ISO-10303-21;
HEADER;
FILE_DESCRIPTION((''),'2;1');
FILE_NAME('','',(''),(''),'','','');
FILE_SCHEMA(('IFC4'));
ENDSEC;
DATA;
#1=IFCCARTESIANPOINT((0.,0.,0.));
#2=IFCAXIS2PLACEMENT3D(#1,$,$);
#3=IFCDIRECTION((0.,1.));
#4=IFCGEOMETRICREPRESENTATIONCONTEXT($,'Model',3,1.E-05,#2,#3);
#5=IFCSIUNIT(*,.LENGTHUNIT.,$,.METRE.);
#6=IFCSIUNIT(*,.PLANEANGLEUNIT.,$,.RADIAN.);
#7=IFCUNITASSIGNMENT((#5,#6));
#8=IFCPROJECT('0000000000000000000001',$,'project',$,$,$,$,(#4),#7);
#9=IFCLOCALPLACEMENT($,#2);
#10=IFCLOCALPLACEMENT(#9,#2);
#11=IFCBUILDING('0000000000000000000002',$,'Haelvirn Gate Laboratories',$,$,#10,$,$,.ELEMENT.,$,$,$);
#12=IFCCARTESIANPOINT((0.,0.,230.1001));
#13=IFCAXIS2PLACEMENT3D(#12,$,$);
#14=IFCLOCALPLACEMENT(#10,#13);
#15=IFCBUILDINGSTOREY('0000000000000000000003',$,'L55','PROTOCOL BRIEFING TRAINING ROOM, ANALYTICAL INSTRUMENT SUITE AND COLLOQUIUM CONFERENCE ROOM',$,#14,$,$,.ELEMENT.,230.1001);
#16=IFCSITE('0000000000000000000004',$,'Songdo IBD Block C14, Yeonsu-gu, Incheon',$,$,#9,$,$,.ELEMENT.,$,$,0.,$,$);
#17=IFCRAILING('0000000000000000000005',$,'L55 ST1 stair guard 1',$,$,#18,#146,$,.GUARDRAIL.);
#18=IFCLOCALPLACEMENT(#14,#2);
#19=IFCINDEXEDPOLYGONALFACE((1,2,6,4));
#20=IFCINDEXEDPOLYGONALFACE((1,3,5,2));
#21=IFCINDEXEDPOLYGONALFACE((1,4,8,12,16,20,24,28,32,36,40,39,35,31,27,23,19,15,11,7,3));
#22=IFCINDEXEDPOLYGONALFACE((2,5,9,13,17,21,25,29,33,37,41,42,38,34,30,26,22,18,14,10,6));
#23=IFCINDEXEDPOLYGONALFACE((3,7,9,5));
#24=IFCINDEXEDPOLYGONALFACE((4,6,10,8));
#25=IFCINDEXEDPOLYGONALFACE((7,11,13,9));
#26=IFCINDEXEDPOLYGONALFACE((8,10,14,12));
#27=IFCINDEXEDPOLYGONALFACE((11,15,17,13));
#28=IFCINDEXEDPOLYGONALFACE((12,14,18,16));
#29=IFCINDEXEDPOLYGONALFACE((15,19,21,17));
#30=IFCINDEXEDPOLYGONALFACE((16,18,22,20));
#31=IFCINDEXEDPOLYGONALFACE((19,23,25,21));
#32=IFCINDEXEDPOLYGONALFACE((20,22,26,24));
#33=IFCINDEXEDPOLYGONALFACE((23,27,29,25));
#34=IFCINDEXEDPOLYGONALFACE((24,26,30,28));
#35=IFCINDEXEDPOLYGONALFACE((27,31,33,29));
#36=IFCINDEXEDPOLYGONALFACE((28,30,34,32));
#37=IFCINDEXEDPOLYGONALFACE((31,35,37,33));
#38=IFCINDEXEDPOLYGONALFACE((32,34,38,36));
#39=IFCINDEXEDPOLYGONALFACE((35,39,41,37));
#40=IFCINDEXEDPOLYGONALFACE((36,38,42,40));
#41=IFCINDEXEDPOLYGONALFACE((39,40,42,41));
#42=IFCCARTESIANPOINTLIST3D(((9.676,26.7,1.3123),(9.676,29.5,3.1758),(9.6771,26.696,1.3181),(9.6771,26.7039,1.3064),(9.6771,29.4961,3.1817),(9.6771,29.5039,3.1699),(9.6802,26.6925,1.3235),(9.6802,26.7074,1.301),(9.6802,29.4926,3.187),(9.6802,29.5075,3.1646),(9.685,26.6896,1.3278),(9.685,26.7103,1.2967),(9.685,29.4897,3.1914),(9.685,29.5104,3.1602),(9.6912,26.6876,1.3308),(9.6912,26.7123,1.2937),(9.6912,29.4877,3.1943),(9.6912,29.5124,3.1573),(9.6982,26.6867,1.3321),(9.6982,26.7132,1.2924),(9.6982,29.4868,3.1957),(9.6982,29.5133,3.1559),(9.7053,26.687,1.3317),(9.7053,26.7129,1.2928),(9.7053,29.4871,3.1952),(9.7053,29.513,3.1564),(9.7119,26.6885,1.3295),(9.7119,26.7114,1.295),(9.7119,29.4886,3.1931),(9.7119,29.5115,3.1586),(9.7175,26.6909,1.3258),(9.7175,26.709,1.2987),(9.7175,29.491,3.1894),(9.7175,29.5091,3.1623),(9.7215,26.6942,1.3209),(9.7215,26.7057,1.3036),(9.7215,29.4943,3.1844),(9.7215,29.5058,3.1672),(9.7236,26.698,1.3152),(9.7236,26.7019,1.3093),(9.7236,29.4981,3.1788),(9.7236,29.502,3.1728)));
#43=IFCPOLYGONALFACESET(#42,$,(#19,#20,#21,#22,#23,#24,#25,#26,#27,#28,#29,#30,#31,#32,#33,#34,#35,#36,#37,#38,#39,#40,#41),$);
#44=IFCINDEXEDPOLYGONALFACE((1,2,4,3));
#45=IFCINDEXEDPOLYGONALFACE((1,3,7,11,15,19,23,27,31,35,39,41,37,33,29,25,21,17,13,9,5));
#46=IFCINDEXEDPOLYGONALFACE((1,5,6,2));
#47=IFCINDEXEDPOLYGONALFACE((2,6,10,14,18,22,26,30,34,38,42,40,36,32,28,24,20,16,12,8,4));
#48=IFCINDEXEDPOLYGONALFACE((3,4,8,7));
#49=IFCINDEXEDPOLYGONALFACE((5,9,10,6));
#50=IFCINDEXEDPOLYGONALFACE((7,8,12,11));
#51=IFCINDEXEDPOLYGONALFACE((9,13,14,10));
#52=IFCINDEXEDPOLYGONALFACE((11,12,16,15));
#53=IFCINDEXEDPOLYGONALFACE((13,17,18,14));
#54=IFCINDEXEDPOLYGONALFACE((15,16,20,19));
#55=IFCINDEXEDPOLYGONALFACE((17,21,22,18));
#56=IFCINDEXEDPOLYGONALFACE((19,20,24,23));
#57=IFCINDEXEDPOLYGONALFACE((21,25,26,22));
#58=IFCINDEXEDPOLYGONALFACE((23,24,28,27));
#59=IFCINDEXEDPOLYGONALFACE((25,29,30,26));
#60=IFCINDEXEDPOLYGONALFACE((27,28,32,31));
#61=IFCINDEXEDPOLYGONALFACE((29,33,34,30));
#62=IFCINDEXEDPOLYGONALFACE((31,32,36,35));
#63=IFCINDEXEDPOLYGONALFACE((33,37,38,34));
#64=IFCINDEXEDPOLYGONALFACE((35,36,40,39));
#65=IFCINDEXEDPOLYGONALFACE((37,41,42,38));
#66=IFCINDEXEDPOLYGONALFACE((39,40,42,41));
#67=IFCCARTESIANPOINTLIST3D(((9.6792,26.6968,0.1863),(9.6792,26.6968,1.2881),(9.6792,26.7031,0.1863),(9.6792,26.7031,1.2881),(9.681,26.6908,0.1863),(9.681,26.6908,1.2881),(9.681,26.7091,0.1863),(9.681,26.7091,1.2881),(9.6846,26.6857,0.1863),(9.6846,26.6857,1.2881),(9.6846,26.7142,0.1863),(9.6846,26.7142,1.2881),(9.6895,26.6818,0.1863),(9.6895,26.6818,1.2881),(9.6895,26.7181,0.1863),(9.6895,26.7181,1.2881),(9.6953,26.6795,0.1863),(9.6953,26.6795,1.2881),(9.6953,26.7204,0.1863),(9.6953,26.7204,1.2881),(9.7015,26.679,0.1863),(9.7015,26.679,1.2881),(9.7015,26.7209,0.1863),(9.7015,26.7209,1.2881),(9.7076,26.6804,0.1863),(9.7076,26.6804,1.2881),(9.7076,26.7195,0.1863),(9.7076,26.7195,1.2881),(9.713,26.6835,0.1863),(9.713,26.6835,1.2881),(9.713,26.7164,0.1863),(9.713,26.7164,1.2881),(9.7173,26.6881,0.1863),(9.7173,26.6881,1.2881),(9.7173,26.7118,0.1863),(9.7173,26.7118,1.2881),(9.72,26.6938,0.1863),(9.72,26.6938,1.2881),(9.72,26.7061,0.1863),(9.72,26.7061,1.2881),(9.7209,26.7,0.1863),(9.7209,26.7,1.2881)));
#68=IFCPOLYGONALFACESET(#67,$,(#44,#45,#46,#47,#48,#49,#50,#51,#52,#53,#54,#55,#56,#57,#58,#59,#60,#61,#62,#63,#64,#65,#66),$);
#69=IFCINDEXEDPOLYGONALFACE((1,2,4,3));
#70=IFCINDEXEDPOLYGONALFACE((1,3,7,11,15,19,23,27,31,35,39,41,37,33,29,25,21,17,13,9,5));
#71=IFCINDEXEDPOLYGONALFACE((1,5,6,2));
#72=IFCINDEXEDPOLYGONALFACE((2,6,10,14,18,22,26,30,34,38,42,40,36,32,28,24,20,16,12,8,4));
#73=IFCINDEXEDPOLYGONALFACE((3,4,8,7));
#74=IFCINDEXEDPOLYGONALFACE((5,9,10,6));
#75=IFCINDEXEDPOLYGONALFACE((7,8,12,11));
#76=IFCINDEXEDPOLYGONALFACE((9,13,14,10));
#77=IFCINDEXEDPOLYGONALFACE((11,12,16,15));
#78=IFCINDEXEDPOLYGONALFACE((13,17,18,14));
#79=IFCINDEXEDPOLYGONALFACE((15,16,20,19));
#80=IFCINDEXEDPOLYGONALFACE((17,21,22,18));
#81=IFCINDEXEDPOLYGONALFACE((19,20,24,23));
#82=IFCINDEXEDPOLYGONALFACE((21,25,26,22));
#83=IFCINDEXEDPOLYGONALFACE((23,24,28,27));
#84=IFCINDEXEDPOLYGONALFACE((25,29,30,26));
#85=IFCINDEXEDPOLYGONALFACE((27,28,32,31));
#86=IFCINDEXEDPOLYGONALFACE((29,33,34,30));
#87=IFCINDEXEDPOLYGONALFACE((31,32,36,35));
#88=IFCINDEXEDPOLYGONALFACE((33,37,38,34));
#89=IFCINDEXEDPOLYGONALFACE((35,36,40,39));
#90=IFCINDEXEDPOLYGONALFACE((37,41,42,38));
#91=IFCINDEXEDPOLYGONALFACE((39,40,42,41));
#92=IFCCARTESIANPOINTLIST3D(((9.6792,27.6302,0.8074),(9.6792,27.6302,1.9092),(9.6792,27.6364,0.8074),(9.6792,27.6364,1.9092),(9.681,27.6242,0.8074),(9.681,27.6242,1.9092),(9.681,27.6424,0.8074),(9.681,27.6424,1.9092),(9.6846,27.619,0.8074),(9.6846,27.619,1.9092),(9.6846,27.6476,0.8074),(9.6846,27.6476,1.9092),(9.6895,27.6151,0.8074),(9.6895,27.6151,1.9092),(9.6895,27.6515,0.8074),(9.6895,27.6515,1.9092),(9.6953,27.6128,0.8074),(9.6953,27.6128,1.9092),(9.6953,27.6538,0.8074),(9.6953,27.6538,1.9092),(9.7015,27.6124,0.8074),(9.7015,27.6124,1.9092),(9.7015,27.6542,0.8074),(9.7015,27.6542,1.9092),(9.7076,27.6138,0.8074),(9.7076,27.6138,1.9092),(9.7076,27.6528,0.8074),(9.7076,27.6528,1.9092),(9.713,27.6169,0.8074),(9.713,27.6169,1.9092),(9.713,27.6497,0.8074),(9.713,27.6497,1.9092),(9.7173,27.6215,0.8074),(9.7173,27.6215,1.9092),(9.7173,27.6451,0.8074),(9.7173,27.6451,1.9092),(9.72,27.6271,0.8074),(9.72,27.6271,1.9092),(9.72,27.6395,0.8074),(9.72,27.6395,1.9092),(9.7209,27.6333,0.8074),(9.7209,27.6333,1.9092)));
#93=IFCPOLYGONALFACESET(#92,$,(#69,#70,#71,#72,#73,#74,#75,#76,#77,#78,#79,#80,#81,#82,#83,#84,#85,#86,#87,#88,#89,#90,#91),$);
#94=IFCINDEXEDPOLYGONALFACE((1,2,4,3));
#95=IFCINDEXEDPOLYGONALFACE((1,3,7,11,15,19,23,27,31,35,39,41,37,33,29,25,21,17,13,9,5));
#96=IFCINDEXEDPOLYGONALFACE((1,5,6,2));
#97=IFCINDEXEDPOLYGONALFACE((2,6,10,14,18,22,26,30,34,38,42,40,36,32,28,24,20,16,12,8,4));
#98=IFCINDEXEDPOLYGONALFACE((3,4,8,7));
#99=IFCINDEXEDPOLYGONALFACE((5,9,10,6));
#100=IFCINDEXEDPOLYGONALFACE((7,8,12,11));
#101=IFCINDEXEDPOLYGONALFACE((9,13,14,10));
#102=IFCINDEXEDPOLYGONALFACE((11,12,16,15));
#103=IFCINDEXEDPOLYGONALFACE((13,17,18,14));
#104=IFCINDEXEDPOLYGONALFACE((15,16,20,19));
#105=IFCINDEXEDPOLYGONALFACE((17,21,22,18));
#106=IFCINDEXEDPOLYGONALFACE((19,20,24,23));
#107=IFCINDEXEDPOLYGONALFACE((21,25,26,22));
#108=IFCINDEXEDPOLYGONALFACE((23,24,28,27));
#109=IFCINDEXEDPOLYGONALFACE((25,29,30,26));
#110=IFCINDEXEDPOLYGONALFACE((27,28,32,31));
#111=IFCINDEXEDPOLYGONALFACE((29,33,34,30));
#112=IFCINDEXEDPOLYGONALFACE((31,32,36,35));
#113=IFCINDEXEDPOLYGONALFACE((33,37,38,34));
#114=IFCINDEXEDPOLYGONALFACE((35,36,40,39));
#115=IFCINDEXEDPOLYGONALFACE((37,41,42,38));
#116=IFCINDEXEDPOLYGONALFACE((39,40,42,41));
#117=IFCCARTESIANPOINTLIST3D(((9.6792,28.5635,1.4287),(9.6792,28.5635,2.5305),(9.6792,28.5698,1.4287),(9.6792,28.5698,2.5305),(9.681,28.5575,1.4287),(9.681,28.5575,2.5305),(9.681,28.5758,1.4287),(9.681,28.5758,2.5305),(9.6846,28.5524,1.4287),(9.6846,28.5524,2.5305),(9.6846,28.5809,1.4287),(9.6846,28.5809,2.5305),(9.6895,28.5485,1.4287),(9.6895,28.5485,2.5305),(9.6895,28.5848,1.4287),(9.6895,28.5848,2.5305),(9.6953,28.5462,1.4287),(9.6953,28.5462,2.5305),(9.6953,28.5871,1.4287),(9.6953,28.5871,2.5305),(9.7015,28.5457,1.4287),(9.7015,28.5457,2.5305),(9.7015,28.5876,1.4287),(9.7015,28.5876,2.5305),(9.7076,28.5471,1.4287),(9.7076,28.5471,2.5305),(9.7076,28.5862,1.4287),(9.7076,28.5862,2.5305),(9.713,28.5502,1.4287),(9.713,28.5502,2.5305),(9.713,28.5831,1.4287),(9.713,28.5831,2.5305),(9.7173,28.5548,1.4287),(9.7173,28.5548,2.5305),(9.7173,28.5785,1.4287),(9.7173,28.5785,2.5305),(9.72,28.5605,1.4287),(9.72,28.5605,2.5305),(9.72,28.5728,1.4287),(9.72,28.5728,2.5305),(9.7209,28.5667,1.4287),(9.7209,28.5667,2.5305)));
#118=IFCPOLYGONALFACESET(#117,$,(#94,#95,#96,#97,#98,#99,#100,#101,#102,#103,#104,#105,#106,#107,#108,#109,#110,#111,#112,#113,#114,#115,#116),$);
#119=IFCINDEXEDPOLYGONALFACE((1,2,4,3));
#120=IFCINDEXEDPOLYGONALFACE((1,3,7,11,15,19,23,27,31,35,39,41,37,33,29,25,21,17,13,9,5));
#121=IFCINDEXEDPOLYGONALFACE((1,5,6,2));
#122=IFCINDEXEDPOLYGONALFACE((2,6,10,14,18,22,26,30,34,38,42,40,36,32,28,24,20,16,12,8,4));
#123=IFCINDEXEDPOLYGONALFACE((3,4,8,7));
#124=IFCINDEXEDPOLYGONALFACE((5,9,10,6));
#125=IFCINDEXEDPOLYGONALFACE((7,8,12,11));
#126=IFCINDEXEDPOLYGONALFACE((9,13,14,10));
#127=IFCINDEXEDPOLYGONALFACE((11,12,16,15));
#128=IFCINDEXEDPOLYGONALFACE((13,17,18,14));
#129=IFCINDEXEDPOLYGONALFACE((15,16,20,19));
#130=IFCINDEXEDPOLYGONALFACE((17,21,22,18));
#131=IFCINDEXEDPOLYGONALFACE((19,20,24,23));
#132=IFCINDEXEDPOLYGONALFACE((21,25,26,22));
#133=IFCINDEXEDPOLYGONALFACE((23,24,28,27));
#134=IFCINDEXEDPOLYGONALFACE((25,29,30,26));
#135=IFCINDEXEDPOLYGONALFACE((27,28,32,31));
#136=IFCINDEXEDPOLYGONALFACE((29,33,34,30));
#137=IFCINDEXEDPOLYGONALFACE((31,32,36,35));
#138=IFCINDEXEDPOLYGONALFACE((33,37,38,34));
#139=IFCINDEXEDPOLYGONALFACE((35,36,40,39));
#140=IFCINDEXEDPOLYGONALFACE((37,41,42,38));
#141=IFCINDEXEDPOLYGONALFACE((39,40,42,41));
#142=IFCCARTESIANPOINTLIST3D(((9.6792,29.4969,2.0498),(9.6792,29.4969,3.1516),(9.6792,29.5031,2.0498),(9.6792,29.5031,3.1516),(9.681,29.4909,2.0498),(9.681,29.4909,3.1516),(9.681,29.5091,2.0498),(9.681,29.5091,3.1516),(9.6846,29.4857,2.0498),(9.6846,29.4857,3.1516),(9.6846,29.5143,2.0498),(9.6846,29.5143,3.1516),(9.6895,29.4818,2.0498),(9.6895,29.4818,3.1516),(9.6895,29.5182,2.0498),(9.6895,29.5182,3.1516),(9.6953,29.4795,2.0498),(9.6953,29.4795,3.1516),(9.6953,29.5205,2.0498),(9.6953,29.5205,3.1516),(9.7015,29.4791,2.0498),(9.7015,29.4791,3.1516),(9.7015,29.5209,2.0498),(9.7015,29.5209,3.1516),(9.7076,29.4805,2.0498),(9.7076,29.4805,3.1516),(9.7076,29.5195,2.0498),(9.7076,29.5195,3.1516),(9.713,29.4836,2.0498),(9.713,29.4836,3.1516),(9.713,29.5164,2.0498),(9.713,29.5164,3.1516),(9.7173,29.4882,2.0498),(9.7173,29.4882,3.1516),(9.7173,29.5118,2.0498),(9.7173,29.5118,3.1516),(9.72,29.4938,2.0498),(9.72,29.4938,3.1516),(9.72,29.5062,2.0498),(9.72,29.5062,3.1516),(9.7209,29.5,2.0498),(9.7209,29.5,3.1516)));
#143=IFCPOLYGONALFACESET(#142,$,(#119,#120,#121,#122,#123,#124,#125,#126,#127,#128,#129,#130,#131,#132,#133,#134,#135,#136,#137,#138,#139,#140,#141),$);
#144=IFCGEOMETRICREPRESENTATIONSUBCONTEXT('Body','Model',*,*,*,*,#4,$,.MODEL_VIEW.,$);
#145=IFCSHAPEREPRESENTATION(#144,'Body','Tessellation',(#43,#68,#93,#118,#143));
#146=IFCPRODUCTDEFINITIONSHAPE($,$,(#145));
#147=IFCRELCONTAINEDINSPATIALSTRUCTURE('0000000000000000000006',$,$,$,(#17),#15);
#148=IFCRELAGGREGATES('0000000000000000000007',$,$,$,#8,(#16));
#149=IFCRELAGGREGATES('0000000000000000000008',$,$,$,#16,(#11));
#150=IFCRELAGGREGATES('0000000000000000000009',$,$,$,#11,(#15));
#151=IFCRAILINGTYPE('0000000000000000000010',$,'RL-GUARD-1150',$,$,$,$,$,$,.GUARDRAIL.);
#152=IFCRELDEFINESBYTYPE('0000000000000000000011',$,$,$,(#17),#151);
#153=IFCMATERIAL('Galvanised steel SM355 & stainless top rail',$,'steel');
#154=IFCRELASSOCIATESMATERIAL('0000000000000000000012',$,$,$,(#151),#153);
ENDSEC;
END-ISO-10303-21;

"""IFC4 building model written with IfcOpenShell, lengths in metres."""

from ifc_helpers import new_model, si_unit, direction, frame, origin, origin_2d, place, context, subcontext, project, spatial, circle, extrude, source, transform, mapped, material, type_object, element, save


model = new_model("IFC4")

# Units and contexts
model_context = context("Model", 3, precision=1e-05, world=origin(), true_north=direction((0.0, 1.0)))
body_context = subcontext(model_context, "Body", "Model", "MODEL_VIEW")
ifc_project = project(units=[si_unit("LENGTHUNIT", "METRE"), si_unit("PLANEANGLEUNIT", "RADIAN")], contexts=[model_context])

# Site, building, storey
site_placement = place(None, origin())
site = spatial("IfcSite", under=ifc_project, at=site_placement, Name="Songdo IBD Block C14, Yeonsu-gu, Incheon", CompositionType="ELEMENT", RefElevation=0.0)
building_placement = place(site_placement, origin())
building = spatial("IfcBuilding", under=site, at=building_placement, Name="Haelvirn Gate Laboratories", CompositionType="ELEMENT")
storey_placement = place(building_placement, frame((0.0, 0.0, 230.1001)))
storey = spatial("IfcBuildingStorey", under=building, at=storey_placement, Name="L55", Description="PROTOCOL BRIEFING TRAINING ROOM, ANALYTICAL INSTRUMENT SUITE AND COLLOQUIUM CONFERENCE ROOM", CompositionType="ELEMENT", Elevation=230.1001)

# Railing
ifc_material_1 = material(Name="Galvanised steel SM355 & stainless top rail", Category="steel")
railing_type_1 = type_object("IfcRailingType", Name="RL-GUARD-1150", PredefinedType="GUARDRAIL", material=ifc_material_1)
shared_shape_1 = source(origin(), body_context, "Body", "SweptSolid", [
    extrude(circle(Radius=0.0239, at=origin_2d()), frame((0.0, 0.0, 1.126), z_axis=(0.0, 0.832486, 0.554047), x_axis=(-1.0, 0.0, 0.0)), (0.0, 0.0, 1.0), 3.3635),
    extrude(circle(Radius=0.021, at=origin_2d()), origin(), (0.0, 0.0, 1.0), 1.1018),
    extrude(circle(Radius=0.021, at=origin_2d()), frame((0.0, 0.9333, 0.6211)), (0.0, 0.0, 1.0), 1.1018),
    extrude(circle(Radius=0.021, at=origin_2d()), frame((0.0, 1.8667, 1.2424)), (0.0, 0.0, 1.0), 1.1018),
    extrude(circle(Radius=0.021, at=origin_2d()), frame((0.0, 2.8, 1.8635)), (0.0, 0.0, 1.0), 1.1018),
])
railing_1_placement = place(storey_placement, frame((9.7, 26.7, 0.1863)))
element("IfcRailing", 1, at=railing_1_placement, inside=storey, type_object=railing_type_1, Name="L55 ST1 stair guard 1", PredefinedType="GUARDRAIL", context=body_context, shape_type="MappedRepresentation", body=[
    mapped(shared_shape_1, transform((0.0, 0.0, 0.0), scale=1.0)),
])

save(model, "model.ifc")
